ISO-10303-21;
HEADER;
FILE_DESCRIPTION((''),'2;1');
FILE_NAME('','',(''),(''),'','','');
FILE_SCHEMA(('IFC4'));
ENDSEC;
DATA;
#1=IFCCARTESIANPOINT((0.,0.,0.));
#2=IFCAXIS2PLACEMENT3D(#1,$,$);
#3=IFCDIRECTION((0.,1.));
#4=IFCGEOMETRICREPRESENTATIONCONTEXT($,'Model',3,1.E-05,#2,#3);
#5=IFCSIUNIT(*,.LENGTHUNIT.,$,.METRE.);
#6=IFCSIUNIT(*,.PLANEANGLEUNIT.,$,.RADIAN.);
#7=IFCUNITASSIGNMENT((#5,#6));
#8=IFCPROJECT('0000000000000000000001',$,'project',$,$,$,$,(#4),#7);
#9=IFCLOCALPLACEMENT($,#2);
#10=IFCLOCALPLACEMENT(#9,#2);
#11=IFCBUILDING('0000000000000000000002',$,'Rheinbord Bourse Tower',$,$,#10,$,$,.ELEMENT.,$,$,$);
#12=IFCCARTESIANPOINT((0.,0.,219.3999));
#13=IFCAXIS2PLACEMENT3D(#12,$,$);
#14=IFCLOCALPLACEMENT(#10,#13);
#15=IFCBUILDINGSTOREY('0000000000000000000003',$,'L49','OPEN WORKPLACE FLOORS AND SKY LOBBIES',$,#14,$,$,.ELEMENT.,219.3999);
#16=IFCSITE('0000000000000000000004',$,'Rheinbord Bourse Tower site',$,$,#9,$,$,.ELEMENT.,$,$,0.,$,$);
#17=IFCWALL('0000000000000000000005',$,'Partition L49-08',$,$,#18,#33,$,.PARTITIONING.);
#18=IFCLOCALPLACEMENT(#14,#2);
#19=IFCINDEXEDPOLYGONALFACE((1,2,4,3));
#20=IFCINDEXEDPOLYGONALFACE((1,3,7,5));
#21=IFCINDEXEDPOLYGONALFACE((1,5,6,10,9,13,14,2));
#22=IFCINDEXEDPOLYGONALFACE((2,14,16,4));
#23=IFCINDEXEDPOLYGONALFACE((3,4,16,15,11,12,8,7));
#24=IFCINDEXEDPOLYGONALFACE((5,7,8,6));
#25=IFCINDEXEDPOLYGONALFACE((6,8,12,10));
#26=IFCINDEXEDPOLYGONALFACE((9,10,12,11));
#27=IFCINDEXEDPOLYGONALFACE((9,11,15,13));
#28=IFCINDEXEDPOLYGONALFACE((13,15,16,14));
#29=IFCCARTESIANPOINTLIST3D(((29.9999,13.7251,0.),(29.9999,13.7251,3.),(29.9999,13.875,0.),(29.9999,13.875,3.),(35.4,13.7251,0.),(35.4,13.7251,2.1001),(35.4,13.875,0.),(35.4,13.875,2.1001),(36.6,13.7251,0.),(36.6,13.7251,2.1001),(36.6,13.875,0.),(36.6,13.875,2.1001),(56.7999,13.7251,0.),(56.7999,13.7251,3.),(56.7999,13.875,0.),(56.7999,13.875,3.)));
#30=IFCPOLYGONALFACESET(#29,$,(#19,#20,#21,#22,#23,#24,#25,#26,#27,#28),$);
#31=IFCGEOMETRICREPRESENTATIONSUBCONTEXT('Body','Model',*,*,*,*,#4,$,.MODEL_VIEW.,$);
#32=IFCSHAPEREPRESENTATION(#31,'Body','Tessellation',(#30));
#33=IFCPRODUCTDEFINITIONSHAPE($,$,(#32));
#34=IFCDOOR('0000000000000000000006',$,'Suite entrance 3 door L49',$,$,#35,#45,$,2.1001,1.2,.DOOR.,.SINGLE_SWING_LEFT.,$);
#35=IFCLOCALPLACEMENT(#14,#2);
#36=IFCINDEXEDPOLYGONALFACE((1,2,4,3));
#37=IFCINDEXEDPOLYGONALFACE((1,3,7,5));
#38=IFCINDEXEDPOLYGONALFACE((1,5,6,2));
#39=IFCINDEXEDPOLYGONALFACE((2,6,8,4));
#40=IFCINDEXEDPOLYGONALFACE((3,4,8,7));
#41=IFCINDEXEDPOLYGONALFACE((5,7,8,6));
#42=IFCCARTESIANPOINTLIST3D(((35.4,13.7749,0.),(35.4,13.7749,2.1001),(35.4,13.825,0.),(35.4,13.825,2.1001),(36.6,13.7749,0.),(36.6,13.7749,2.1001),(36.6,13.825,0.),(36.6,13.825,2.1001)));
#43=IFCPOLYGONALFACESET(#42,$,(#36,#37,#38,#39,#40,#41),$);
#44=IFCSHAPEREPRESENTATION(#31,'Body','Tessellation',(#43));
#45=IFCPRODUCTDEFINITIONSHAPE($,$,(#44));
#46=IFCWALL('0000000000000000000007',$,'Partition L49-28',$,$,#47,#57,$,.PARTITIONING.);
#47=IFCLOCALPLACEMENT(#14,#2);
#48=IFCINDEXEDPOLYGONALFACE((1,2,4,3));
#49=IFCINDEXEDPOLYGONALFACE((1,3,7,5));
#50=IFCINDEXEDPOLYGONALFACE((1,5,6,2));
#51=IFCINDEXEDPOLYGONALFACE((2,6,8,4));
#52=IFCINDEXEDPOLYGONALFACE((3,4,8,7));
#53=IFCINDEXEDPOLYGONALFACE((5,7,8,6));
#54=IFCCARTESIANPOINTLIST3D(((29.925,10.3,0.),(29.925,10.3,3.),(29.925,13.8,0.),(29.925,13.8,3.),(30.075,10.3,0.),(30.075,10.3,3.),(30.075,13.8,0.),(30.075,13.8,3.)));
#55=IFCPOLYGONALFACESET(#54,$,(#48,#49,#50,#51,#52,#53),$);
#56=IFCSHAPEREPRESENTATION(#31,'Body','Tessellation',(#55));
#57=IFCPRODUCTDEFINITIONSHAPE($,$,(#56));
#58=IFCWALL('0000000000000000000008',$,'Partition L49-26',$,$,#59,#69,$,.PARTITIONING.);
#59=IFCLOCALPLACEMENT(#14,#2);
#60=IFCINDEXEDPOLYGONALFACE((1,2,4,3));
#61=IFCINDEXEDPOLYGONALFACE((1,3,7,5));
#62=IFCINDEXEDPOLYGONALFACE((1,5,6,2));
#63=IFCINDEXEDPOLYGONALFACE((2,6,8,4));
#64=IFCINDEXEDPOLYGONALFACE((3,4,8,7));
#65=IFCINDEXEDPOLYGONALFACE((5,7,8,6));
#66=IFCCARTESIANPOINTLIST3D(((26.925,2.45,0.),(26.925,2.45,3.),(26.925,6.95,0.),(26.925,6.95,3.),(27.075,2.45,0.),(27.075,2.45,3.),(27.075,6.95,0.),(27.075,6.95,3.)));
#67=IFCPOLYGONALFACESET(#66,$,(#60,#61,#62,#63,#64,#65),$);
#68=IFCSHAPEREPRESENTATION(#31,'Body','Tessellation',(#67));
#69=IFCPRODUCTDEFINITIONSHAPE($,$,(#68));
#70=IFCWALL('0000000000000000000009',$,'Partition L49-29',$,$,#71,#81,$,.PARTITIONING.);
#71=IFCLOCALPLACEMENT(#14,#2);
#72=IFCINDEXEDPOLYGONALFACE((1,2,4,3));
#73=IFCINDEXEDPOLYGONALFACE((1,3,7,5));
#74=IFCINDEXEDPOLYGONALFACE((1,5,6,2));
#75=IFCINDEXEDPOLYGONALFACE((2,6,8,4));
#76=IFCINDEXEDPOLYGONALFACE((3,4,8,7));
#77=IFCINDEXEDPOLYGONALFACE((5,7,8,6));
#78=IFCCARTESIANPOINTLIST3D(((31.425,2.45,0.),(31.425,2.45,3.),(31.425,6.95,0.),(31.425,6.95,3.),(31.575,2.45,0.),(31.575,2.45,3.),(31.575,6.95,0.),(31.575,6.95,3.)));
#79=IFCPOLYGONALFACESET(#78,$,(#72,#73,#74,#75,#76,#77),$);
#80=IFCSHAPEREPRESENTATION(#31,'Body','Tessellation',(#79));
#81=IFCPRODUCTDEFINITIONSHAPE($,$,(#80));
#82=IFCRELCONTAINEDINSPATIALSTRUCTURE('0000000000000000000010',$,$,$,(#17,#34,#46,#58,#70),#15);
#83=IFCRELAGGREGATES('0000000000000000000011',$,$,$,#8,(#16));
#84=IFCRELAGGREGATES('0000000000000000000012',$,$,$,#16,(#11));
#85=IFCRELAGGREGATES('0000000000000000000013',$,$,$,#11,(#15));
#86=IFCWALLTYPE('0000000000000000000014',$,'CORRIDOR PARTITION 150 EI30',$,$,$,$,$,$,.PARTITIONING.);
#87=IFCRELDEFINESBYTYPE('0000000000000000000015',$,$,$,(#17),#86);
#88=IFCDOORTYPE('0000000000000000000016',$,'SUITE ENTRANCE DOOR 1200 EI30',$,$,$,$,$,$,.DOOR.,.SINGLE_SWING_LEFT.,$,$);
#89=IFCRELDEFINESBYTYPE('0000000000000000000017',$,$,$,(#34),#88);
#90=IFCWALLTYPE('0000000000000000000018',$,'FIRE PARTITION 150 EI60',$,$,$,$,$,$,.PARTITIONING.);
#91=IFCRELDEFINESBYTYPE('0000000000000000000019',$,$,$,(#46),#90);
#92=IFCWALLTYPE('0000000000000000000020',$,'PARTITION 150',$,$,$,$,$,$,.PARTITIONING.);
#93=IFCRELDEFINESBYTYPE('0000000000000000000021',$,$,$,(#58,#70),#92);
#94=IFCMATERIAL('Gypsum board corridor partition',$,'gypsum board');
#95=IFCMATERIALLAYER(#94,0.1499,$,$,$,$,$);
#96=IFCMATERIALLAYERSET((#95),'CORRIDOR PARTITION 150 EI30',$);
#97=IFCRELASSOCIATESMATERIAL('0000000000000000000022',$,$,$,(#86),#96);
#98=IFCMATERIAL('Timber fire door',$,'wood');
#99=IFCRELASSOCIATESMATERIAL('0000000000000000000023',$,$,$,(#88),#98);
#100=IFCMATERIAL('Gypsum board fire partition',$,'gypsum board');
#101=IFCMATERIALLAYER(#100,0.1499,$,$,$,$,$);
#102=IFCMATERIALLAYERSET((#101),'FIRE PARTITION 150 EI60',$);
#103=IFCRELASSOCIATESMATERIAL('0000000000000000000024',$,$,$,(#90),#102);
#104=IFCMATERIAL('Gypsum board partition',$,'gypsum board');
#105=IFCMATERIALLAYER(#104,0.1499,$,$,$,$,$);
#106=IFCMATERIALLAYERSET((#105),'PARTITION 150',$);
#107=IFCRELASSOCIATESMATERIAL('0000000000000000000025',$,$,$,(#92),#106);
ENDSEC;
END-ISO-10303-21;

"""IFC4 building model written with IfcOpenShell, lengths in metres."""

from ifc_helpers import new_model, si_unit, direction, frame, frame_2d, origin, place, context, subcontext, project, spatial, rectangle, extrude, material, layer, layer_set, type_object, element, fill, save


model = new_model("IFC4")

# Units and contexts
model_context = context("Model", 3, precision=1e-05, world=origin(), true_north=direction((0.0, 1.0)))
body_context = subcontext(model_context, "Body", "Model", "MODEL_VIEW")
ifc_project = project(units=[si_unit("LENGTHUNIT", "METRE"), si_unit("PLANEANGLEUNIT", "RADIAN")], contexts=[model_context])

# Site, building, storey
site_placement = place(None, origin())
site = spatial("IfcSite", under=ifc_project, at=site_placement, Name="Rheinbord Bourse Tower site", CompositionType="ELEMENT", RefElevation=0.0)
building_placement = place(site_placement, origin())
building = spatial("IfcBuilding", under=site, at=building_placement, Name="Rheinbord Bourse Tower", CompositionType="ELEMENT")
storey_placement = place(building_placement, frame((0.0, 0.0, 219.3999)))
storey = spatial("IfcBuildingStorey", under=building, at=storey_placement, Name="L49", Description="OPEN WORKPLACE FLOORS AND SKY LOBBIES", CompositionType="ELEMENT", Elevation=219.3999)

# Wall, opening, door
ifc_material_1 = material(Name="Gypsum board corridor partition", Category="gypsum board")
ifc_layer_1 = layer(ifc_material_1, 0.1499)
ifc_layer_set_1 = layer_set([ifc_layer_1], Name="CORRIDOR PARTITION 150 EI30")
wall_type_1 = type_object("IfcWallType", Name="CORRIDOR PARTITION 150 EI30", PredefinedType="PARTITIONING", material=ifc_layer_set_1)
wall_1_placement = place(storey_placement, frame((30.0, 13.8, 0.0), z_axis=(0.0, 0.0, 1.0), x_axis=(1.0, 0.0, 0.0)))
wall_1 = element("IfcWall", 1, at=wall_1_placement, inside=storey, type_object=wall_type_1, Name="Partition L49-08", PredefinedType="PARTITIONING", context=body_context, shape_type="SweptSolid", body=[
    extrude(rectangle(XDim=26.8, YDim=0.1499, at=frame_2d((13.3999, 0.0))), origin(), (0.0, 0.0, 1.0), 3.0),
])
opening_1_placement = place(wall_1_placement, frame((5.3999, 0.0, 0.0)))
opening_1 = element("IfcOpeningElement", 2, at=opening_1_placement, cuts=wall_1, PredefinedType="OPENING", context=body_context, shape_type="SweptSolid", body=[
    extrude(rectangle(XDim=1.2, YDim=2.1001, at=frame_2d((0.6001, 1.05))), frame((0.0, 0.085, 0.0), z_axis=(0.0, -1.0, 0.0), x_axis=(1.0, 0.0, 0.0)), (0.0, 0.0, 1.0), 0.1699),
])
ifc_material_2 = material(Name="Timber fire door", Category="wood")
door_type_1 = type_object("IfcDoorType", Name="SUITE ENTRANCE DOOR 1200 EI30", OperationType="SINGLE_SWING_LEFT", PredefinedType="DOOR", material=ifc_material_2)
door_1_placement = place(opening_1_placement, origin())
door_1 = element("IfcDoor", 3, at=door_1_placement, inside=storey, type_object=door_type_1, Name="Suite entrance 3 door L49", OperationType="SINGLE_SWING_LEFT", OverallHeight=2.1001, OverallWidth=1.2, PredefinedType="DOOR", context=body_context, shape_type="SweptSolid", body=[
    extrude(rectangle(XDim=1.2, YDim=2.1001, at=frame_2d((0.6001, 1.05))), frame((0.0, 0.0249, 0.0), z_axis=(0.0, -1.0, 0.0), x_axis=(1.0, 0.0, 0.0)), (0.0, 0.0, 1.0), 0.05),
])
fill(opening_1, door_1)

# Walls
ifc_material_3 = material(Name="Gypsum board fire partition", Category="gypsum board")
ifc_layer_2 = layer(ifc_material_3, 0.1499)
ifc_layer_set_2 = layer_set([ifc_layer_2], Name="FIRE PARTITION 150 EI60")
wall_type_2 = type_object("IfcWallType", Name="FIRE PARTITION 150 EI60", PredefinedType="PARTITIONING", material=ifc_layer_set_2)
wall_2_placement = place(storey_placement, frame((30.0, 10.3, 0.0), z_axis=(0.0, 0.0, 1.0), x_axis=(0.0, 1.0, 0.0)))
element("IfcWall", 4, at=wall_2_placement, inside=storey, type_object=wall_type_2, Name="Partition L49-28", PredefinedType="PARTITIONING", context=body_context, shape_type="SweptSolid", body=[
    extrude(rectangle(XDim=3.5, YDim=0.1499, at=frame_2d((1.75, 0.0))), origin(), (0.0, 0.0, 1.0), 3.0),
])
ifc_material_4 = material(Name="Gypsum board partition", Category="gypsum board")
ifc_layer_3 = layer(ifc_material_4, 0.1499)
ifc_layer_set_3 = layer_set([ifc_layer_3], Name="PARTITION 150")
wall_type_3 = type_object("IfcWallType", Name="PARTITION 150", PredefinedType="PARTITIONING", material=ifc_layer_set_3)
for number, where, z_axis, x_axis, name in (
    (5, (27.0, 2.45, 0.0), (0.0, 0.0, 1.0), (0.0, 1.0, 0.0), "Partition L49-26"),
    (6, (31.5, 2.45, 0.0), (0.0, 0.0, 1.0), (0.0, 1.0, 0.0), "Partition L49-29"),
):
    element("IfcWall", number, at=place(storey_placement, frame(where, z_axis=z_axis, x_axis=x_axis)), inside=storey, type_object=wall_type_3, Name=name, PredefinedType="PARTITIONING", context=body_context, shape_type="SweptSolid", body=[
        extrude(rectangle(XDim=4.5, YDim=0.1499, at=frame_2d((2.25, 0.0))), origin(), (0.0, 0.0, 1.0), 3.0),
    ])

save(model, "model.ifc")
